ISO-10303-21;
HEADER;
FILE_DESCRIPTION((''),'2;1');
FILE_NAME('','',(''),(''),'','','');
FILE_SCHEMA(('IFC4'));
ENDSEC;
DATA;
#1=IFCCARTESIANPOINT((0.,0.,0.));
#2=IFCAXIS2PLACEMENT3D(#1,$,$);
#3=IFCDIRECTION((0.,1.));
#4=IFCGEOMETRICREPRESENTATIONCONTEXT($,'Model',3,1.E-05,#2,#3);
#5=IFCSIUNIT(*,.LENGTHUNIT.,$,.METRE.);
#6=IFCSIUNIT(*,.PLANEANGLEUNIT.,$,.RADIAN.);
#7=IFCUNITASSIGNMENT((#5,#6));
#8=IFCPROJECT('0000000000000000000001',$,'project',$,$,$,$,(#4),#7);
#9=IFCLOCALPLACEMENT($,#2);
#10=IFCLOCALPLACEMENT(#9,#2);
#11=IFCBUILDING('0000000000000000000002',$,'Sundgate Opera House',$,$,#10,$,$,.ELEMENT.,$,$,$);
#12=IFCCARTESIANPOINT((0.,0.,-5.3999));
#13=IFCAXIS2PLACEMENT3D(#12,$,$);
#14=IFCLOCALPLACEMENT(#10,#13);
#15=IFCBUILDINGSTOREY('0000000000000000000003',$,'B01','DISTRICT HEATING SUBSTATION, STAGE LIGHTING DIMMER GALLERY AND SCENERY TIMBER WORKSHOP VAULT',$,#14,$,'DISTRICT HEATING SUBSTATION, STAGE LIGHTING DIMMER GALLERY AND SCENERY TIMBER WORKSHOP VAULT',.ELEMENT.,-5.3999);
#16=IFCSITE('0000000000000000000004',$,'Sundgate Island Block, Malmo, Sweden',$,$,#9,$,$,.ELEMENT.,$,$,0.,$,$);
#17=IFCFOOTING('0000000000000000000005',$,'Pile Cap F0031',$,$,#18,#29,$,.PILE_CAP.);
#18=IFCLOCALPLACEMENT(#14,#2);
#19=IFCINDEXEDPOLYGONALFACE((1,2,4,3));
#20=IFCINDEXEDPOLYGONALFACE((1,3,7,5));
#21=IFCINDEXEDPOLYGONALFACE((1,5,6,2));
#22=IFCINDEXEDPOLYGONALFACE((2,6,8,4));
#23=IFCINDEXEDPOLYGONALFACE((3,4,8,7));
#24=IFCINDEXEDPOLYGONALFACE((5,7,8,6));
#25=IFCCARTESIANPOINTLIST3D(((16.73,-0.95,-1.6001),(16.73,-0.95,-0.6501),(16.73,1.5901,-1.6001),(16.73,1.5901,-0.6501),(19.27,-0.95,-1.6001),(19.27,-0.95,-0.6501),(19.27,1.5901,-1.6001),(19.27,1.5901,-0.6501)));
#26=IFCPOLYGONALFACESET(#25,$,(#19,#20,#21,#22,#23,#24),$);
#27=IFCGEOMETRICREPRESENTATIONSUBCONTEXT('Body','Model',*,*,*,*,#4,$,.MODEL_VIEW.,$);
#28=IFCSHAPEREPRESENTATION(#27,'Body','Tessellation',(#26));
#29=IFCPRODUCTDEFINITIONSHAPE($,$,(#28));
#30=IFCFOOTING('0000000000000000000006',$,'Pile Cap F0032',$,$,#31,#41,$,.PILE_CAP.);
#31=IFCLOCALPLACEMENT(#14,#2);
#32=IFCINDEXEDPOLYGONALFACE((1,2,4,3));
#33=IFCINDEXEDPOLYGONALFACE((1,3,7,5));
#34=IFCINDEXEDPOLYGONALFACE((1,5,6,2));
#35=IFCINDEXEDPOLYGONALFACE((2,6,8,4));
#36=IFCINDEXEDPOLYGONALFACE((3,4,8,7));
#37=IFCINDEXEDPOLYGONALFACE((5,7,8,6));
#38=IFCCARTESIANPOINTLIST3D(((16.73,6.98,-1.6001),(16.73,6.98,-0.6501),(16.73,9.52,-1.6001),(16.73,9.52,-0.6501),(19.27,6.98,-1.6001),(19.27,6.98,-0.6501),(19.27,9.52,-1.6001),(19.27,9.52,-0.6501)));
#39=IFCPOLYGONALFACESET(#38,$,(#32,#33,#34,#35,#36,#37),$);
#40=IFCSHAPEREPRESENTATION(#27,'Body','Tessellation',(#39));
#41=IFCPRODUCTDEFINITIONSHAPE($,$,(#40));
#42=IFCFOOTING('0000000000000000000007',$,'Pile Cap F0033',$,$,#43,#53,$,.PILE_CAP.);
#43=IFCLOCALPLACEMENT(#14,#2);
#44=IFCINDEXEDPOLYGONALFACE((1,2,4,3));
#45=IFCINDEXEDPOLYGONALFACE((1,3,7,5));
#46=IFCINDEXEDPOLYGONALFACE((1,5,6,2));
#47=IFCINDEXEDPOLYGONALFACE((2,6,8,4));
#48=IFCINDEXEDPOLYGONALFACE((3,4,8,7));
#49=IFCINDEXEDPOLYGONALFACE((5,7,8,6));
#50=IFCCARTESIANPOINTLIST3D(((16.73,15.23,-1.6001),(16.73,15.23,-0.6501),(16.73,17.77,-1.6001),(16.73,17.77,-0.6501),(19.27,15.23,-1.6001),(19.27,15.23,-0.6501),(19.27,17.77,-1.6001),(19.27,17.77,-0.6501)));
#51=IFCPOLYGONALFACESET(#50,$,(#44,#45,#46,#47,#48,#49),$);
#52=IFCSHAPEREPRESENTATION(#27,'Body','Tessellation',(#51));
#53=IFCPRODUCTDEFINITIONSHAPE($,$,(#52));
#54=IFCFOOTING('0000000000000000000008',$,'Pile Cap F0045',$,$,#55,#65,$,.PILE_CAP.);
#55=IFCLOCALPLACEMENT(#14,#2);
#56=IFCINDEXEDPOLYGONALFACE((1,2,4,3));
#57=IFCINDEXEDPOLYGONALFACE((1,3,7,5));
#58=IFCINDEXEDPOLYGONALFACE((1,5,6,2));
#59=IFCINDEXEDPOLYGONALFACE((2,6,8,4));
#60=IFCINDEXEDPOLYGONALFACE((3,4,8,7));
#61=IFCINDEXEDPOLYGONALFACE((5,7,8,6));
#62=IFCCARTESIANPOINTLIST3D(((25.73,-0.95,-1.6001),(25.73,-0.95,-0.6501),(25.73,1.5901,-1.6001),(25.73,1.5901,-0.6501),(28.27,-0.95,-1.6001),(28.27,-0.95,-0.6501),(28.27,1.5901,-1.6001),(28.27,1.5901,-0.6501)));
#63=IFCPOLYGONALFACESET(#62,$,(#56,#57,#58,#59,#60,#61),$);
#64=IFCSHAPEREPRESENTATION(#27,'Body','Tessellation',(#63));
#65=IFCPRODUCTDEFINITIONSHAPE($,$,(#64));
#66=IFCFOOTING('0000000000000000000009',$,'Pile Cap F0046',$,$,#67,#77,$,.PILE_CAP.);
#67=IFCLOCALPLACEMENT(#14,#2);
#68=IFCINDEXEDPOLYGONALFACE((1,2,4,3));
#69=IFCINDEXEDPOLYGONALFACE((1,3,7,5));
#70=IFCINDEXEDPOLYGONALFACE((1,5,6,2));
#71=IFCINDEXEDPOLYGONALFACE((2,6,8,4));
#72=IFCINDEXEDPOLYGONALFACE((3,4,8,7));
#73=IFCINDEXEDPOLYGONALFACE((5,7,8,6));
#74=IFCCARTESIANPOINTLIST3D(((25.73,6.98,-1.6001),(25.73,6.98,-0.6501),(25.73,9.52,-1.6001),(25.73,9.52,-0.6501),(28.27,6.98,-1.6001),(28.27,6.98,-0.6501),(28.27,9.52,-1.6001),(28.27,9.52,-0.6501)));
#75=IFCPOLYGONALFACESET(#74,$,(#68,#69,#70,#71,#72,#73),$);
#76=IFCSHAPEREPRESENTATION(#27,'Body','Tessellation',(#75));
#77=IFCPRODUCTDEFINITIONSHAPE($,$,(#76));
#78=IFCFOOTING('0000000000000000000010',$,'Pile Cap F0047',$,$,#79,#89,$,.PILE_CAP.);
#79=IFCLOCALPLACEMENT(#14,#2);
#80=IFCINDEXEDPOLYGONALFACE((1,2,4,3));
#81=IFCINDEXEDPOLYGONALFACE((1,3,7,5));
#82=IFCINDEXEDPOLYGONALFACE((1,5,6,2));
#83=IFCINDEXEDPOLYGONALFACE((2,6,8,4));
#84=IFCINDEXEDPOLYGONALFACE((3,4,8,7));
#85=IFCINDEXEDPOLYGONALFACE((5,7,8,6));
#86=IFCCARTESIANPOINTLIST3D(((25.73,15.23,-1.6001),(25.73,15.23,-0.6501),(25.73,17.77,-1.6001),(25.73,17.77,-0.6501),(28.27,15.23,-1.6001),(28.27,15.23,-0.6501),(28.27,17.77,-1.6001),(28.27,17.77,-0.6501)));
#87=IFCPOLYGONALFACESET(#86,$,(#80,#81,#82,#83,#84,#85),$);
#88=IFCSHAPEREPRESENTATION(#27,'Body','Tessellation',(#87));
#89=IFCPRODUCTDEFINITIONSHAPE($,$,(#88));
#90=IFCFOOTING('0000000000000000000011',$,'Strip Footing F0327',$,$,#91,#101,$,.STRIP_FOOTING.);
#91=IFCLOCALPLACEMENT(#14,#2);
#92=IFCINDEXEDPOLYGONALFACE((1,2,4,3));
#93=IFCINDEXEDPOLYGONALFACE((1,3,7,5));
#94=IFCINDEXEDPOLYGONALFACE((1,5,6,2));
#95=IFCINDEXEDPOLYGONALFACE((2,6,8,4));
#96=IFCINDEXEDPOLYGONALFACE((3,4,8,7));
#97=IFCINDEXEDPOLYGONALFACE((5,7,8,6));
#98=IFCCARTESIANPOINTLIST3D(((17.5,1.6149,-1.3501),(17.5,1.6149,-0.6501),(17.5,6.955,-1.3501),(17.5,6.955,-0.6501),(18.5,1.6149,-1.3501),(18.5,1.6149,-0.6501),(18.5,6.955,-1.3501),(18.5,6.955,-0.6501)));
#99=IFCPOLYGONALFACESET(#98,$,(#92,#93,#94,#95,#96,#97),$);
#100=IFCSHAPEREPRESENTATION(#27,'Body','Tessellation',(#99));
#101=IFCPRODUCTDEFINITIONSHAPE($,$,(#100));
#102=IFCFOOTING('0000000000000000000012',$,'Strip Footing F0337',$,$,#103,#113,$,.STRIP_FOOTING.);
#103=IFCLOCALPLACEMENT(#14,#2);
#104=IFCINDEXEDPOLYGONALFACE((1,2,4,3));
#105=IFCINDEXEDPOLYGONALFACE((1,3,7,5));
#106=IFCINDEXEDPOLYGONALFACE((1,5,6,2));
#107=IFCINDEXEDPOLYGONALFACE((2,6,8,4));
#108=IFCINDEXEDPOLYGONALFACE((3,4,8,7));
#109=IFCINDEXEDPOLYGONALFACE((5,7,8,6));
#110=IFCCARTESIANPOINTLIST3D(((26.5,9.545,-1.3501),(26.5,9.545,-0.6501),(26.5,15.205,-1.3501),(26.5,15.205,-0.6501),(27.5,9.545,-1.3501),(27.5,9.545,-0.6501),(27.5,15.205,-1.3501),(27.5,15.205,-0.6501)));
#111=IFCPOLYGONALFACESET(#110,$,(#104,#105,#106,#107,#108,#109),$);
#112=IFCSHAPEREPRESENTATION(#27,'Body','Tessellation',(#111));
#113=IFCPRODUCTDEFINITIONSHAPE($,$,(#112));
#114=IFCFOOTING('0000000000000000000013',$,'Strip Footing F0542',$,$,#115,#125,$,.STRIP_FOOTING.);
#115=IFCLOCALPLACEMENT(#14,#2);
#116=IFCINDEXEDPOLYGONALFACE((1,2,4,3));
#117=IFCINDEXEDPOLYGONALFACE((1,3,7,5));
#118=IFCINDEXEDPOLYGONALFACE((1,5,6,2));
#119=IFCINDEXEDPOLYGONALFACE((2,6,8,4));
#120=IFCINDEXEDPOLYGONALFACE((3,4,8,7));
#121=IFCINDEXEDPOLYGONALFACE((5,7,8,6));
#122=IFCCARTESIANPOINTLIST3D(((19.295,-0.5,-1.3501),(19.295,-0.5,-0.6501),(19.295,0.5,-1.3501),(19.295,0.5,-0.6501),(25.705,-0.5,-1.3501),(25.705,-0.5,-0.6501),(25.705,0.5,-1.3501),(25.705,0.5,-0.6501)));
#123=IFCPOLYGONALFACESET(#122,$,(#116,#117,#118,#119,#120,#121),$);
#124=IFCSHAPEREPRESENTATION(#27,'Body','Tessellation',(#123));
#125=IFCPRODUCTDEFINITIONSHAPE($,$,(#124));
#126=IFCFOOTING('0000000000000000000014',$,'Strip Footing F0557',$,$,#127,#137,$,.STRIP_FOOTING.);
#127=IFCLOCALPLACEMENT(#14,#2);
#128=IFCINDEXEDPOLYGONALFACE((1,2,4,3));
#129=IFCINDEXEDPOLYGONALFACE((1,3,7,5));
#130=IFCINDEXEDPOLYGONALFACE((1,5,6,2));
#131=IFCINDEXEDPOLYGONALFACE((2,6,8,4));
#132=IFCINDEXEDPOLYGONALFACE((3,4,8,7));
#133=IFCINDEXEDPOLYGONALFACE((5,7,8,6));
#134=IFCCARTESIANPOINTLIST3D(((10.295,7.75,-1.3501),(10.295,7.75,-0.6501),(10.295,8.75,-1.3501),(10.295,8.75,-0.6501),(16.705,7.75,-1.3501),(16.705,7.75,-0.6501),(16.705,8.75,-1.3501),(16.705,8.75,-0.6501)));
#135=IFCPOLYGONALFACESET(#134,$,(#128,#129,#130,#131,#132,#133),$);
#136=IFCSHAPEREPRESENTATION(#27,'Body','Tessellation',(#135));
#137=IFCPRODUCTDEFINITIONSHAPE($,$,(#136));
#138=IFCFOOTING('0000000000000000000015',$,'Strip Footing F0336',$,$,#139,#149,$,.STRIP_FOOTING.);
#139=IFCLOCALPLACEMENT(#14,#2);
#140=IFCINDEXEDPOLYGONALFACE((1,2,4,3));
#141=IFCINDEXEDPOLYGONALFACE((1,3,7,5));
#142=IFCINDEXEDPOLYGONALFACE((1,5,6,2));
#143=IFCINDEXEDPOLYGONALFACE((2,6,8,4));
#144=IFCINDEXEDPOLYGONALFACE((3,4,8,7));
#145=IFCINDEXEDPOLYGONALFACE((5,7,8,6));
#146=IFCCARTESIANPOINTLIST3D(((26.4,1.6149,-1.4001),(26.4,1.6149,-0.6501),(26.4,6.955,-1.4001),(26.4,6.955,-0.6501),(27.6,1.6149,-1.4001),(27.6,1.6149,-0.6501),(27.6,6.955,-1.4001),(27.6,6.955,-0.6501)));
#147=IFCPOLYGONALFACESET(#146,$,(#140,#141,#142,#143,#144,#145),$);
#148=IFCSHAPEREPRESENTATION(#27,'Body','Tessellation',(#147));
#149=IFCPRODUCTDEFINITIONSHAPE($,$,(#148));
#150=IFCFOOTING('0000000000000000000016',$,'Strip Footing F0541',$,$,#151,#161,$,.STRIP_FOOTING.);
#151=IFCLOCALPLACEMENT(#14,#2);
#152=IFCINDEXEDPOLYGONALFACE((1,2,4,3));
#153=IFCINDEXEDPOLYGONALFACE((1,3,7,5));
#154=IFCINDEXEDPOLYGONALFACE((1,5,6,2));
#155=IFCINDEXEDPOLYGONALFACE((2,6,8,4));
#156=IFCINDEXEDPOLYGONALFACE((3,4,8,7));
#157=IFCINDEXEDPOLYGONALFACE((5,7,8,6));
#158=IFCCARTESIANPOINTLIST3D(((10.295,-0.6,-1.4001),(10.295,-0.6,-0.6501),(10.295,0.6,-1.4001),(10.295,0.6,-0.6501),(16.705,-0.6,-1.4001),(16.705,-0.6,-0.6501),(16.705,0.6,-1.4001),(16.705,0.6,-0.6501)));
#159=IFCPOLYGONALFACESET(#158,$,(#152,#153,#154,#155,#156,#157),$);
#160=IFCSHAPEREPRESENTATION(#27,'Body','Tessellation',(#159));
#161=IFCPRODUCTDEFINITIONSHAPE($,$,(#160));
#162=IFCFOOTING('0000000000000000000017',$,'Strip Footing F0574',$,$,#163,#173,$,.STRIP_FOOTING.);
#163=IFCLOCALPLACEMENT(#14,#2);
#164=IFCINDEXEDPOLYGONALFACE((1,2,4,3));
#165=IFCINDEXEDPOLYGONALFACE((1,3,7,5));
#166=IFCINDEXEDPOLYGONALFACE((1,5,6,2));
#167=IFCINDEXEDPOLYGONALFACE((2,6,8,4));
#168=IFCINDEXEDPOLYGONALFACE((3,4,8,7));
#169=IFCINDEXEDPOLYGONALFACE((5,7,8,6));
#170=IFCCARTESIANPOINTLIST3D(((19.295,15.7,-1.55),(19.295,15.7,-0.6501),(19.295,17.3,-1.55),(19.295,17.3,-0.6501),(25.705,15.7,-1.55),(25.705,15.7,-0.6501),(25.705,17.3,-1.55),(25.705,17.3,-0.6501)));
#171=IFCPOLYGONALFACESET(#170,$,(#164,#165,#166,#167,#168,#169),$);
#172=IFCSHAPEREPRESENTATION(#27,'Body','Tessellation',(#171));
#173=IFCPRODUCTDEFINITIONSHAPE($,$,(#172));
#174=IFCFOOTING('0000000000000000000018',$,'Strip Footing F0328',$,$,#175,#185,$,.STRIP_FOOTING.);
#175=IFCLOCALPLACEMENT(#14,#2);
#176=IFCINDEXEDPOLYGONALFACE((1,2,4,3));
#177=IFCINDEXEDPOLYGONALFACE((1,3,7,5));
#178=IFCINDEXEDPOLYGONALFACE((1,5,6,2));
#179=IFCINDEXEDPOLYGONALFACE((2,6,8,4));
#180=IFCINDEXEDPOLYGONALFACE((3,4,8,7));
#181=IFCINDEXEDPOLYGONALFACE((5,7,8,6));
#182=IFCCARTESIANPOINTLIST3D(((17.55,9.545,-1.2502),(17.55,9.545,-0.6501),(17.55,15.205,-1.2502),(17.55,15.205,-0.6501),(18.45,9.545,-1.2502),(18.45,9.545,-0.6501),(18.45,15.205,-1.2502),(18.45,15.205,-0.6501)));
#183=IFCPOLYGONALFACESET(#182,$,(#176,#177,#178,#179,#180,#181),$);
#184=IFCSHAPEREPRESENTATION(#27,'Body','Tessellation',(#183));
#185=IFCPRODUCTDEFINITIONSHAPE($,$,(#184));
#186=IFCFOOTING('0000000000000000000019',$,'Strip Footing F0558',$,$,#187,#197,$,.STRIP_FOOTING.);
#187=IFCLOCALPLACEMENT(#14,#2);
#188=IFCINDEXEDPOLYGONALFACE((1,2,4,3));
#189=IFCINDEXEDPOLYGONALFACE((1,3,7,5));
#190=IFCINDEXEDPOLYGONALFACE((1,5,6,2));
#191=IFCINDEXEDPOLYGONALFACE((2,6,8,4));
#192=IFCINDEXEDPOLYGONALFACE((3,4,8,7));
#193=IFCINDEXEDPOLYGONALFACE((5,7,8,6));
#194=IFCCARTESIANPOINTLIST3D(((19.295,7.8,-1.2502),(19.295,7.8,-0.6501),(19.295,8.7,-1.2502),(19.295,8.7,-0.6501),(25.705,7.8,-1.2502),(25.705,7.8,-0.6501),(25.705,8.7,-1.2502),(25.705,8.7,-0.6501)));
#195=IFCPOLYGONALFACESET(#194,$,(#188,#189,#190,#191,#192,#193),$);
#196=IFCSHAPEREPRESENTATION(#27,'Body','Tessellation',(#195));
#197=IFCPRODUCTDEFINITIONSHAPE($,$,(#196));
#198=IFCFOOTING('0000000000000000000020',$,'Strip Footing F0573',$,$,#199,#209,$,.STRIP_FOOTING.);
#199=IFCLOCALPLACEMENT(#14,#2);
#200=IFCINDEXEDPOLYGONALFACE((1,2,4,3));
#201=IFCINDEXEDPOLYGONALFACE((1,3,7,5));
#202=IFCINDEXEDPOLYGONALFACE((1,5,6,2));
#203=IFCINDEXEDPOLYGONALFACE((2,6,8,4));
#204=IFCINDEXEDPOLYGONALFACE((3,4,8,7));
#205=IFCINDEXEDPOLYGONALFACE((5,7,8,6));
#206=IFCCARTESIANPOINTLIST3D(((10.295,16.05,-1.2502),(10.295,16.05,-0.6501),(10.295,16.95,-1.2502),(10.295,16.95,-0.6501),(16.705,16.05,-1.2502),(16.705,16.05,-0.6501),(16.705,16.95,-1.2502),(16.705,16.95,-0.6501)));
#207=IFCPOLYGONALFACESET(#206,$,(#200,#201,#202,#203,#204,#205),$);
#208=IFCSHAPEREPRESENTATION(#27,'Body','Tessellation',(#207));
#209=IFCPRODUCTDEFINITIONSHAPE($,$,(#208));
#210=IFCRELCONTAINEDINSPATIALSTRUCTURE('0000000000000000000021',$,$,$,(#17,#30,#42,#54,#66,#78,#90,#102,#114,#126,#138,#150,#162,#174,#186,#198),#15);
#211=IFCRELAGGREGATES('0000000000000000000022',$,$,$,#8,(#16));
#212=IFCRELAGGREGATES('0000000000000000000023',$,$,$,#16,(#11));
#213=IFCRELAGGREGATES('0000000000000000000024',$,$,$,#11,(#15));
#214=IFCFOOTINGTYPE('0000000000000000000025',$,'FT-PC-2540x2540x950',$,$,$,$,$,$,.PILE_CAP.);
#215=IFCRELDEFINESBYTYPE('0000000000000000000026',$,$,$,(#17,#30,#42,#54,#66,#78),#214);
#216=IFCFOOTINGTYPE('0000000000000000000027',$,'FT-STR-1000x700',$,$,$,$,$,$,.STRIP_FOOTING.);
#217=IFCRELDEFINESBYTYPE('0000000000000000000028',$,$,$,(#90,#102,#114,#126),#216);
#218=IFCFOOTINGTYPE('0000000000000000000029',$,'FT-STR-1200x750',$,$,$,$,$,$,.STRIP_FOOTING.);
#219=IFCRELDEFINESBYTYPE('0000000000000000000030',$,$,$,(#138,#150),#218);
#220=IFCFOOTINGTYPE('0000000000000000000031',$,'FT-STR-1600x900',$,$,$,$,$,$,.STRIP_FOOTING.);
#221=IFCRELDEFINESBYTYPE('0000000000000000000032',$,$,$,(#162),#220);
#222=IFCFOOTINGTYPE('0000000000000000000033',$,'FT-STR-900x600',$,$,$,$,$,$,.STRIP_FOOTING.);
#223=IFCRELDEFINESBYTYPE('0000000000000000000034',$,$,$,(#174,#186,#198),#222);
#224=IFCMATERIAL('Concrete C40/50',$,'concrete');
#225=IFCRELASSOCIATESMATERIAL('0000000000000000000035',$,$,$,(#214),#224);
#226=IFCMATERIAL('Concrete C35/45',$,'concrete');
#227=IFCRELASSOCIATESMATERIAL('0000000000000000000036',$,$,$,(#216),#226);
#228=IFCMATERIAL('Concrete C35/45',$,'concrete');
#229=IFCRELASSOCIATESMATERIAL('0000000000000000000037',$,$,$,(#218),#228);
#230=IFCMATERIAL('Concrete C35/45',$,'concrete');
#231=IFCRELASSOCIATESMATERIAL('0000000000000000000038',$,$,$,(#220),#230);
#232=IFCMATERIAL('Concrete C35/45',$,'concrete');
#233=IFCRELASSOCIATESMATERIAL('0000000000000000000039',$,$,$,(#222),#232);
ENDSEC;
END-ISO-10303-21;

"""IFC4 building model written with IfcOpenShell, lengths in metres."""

from ifc_helpers import new_model, si_unit, direction, frame, origin, origin_2d, place, context, subcontext, project, spatial, rectangle, extrude, material, type_object, element, save


model = new_model("IFC4")

# Units and contexts
model_context = context("Model", 3, precision=1e-05, world=origin(), true_north=direction((0.0, 1.0)))
body_context = subcontext(model_context, "Body", "Model", "MODEL_VIEW")
ifc_project = project(units=[si_unit("LENGTHUNIT", "METRE"), si_unit("PLANEANGLEUNIT", "RADIAN")], contexts=[model_context])

# Site, building, storey
site_placement = place(None, origin())
site = spatial("IfcSite", under=ifc_project, at=site_placement, Name="Sundgate Island Block, Malmo, Sweden", CompositionType="ELEMENT", RefElevation=0.0)
building_placement = place(site_placement, origin())
building = spatial("IfcBuilding", under=site, at=building_placement, Name="Sundgate Opera House", CompositionType="ELEMENT")
storey_placement = place(building_placement, frame((0.0, 0.0, -5.3999)))
storey = spatial("IfcBuildingStorey", under=building, at=storey_placement, Name="B01", Description="DISTRICT HEATING SUBSTATION, STAGE LIGHTING DIMMER GALLERY AND SCENERY TIMBER WORKSHOP VAULT", LongName="DISTRICT HEATING SUBSTATION, STAGE LIGHTING DIMMER GALLERY AND SCENERY TIMBER WORKSHOP VAULT", CompositionType="ELEMENT", Elevation=-5.3999)

# Footings
ifc_material_1 = material(Name="Concrete C40/50", Category="concrete")
footing_type_1 = type_object("IfcFootingType", Name="FT-PC-2540x2540x950", PredefinedType="PILE_CAP", material=ifc_material_1)
for number, where, z_axis, x_axis, name in (
    (1, (18.0, 0.3201, -1.6001), (0.0, 0.0, 1.0), (1.0, 0.0, 0.0), "Pile Cap F0031"),
    (2, (18.0, 8.25, -1.6001), (0.0, 0.0, 1.0), (1.0, 0.0, 0.0), "Pile Cap F0032"),
    (3, (18.0, 16.5, -1.6001), (0.0, 0.0, 1.0), (1.0, 0.0, 0.0), "Pile Cap F0033"),
    (4, (27.0, 0.3201, -1.6001), (0.0, 0.0, 1.0), (1.0, 0.0, 0.0), "Pile Cap F0045"),
    (5, (27.0, 8.25, -1.6001), (0.0, 0.0, 1.0), (1.0, 0.0, 0.0), "Pile Cap F0046"),
    (6, (27.0, 16.5, -1.6001), (0.0, 0.0, 1.0), (1.0, 0.0, 0.0), "Pile Cap F0047"),
):
    element("IfcFooting", number, at=place(storey_placement, frame(where, z_axis=z_axis, x_axis=x_axis)), inside=storey, type_object=footing_type_1, Name=name, PredefinedType="PILE_CAP", context=body_context, shape_type="SweptSolid", body=[
        extrude(rectangle(XDim=2.54, YDim=2.54, at=origin_2d()), origin(), (0.0, 0.0, 1.0), 0.95),
    ])
ifc_material_2 = material(Name="Concrete C35/45", Category="concrete")
footing_type_2 = type_object("IfcFootingType", Name="FT-STR-1000x700", PredefinedType="STRIP_FOOTING", material=ifc_material_2)
footing_1_placement = place(storey_placement, frame((18.0, 4.2849, -1.3501), z_axis=(0.0, 0.0, 1.0), x_axis=(1.0, 0.0, 0.0)))
element("IfcFooting", 7, at=footing_1_placement, inside=storey, type_object=footing_type_2, Name="Strip Footing F0327", PredefinedType="STRIP_FOOTING", context=body_context, shape_type="SweptSolid", body=[
    extrude(rectangle(XDim=1.0, YDim=5.3401, at=origin_2d()), origin(), (0.0, 0.0, 1.0), 0.7),
])
footing_2_placement = place(storey_placement, frame((27.0, 12.375, -1.3501), z_axis=(0.0, 0.0, 1.0), x_axis=(1.0, 0.0, 0.0)))
element("IfcFooting", 8, at=footing_2_placement, inside=storey, type_object=footing_type_2, Name="Strip Footing F0337", PredefinedType="STRIP_FOOTING", context=body_context, shape_type="SweptSolid", body=[
    extrude(rectangle(XDim=1.0, YDim=5.6599, at=origin_2d()), origin(), (0.0, 0.0, 1.0), 0.7),
])
for number, where, z_axis, x_axis, name in (
    (9, (22.5, 0.0, -1.3501), (0.0, 0.0, 1.0), (1.0, 0.0, 0.0), "Strip Footing F0542"),
    (10, (13.5, 8.25, -1.3501), (0.0, 0.0, 1.0), (1.0, 0.0, 0.0), "Strip Footing F0557"),
):
    element("IfcFooting", number, at=place(storey_placement, frame(where, z_axis=z_axis, x_axis=x_axis)), inside=storey, type_object=footing_type_2, Name=name, PredefinedType="STRIP_FOOTING", context=body_context, shape_type="SweptSolid", body=[
        extrude(rectangle(XDim=6.4099, YDim=1.0, at=origin_2d()), origin(), (0.0, 0.0, 1.0), 0.7),
    ])
ifc_material_3 = material(Name="Concrete C35/45", Category="concrete")
footing_type_3 = type_object("IfcFootingType", Name="FT-STR-1200x750", PredefinedType="STRIP_FOOTING", material=ifc_material_3)
footing_3_placement = place(storey_placement, frame((27.0, 4.2849, -1.4001), z_axis=(0.0, 0.0, 1.0), x_axis=(1.0, 0.0, 0.0)))
element("IfcFooting", 11, at=footing_3_placement, inside=storey, type_object=footing_type_3, Name="Strip Footing F0336", PredefinedType="STRIP_FOOTING", context=body_context, shape_type="SweptSolid", body=[
    extrude(rectangle(XDim=1.2, YDim=5.3401, at=origin_2d()), origin(), (0.0, 0.0, 1.0), 0.75),
])
footing_4_placement = place(storey_placement, frame((13.5, 0.0, -1.4001), z_axis=(0.0, 0.0, 1.0), x_axis=(1.0, 0.0, 0.0)))
element("IfcFooting", 12, at=footing_4_placement, inside=storey, type_object=footing_type_3, Name="Strip Footing F0541", PredefinedType="STRIP_FOOTING", context=body_context, shape_type="SweptSolid", body=[
    extrude(rectangle(XDim=6.4099, YDim=1.2, at=origin_2d()), origin(), (0.0, 0.0, 1.0), 0.75),
])
ifc_material_4 = material(Name="Concrete C35/45", Category="concrete")
footing_type_4 = type_object("IfcFootingType", Name="FT-STR-1600x900", PredefinedType="STRIP_FOOTING", material=ifc_material_4)
footing_5_placement = place(storey_placement, frame((22.5, 16.5, -1.55), z_axis=(0.0, 0.0, 1.0), x_axis=(1.0, 0.0, 0.0)))
element("IfcFooting", 13, at=footing_5_placement, inside=storey, type_object=footing_type_4, Name="Strip Footing F0574", PredefinedType="STRIP_FOOTING", context=body_context, shape_type="SweptSolid", body=[
    extrude(rectangle(XDim=6.4099, YDim=1.6001, at=origin_2d()), origin(), (0.0, 0.0, 1.0), 0.8999),
])
ifc_material_5 = material(Name="Concrete C35/45", Category="concrete")
footing_type_5 = type_object("IfcFootingType", Name="FT-STR-900x600", PredefinedType="STRIP_FOOTING", material=ifc_material_5)
footing_6_placement = place(storey_placement, frame((18.0, 12.375, -1.2502), z_axis=(0.0, 0.0, 1.0), x_axis=(1.0, 0.0, 0.0)))
element("IfcFooting", 14, at=footing_6_placement, inside=storey, type_object=footing_type_5, Name="Strip Footing F0328", PredefinedType="STRIP_FOOTING", context=body_context, shape_type="SweptSolid", body=[
    extrude(rectangle(XDim=0.8999, YDim=5.6599, at=origin_2d()), origin(), (0.0, 0.0, 1.0), 0.6001),
])
for number, where, z_axis, x_axis, name in (
    (15, (22.5, 8.25, -1.2502), (0.0, 0.0, 1.0), (1.0, 0.0, 0.0), "Strip Footing F0558"),
    (16, (13.5, 16.5, -1.2502), (0.0, 0.0, 1.0), (1.0, 0.0, 0.0), "Strip Footing F0573"),
):
    element("IfcFooting", number, at=place(storey_placement, frame(where, z_axis=z_axis, x_axis=x_axis)), inside=storey, type_object=footing_type_5, Name=name, PredefinedType="STRIP_FOOTING", context=body_context, shape_type="SweptSolid", body=[
        extrude(rectangle(XDim=6.4099, YDim=0.8999, at=origin_2d()), origin(), (0.0, 0.0, 1.0), 0.6001),
    ])

save(model, "model.ifc")
